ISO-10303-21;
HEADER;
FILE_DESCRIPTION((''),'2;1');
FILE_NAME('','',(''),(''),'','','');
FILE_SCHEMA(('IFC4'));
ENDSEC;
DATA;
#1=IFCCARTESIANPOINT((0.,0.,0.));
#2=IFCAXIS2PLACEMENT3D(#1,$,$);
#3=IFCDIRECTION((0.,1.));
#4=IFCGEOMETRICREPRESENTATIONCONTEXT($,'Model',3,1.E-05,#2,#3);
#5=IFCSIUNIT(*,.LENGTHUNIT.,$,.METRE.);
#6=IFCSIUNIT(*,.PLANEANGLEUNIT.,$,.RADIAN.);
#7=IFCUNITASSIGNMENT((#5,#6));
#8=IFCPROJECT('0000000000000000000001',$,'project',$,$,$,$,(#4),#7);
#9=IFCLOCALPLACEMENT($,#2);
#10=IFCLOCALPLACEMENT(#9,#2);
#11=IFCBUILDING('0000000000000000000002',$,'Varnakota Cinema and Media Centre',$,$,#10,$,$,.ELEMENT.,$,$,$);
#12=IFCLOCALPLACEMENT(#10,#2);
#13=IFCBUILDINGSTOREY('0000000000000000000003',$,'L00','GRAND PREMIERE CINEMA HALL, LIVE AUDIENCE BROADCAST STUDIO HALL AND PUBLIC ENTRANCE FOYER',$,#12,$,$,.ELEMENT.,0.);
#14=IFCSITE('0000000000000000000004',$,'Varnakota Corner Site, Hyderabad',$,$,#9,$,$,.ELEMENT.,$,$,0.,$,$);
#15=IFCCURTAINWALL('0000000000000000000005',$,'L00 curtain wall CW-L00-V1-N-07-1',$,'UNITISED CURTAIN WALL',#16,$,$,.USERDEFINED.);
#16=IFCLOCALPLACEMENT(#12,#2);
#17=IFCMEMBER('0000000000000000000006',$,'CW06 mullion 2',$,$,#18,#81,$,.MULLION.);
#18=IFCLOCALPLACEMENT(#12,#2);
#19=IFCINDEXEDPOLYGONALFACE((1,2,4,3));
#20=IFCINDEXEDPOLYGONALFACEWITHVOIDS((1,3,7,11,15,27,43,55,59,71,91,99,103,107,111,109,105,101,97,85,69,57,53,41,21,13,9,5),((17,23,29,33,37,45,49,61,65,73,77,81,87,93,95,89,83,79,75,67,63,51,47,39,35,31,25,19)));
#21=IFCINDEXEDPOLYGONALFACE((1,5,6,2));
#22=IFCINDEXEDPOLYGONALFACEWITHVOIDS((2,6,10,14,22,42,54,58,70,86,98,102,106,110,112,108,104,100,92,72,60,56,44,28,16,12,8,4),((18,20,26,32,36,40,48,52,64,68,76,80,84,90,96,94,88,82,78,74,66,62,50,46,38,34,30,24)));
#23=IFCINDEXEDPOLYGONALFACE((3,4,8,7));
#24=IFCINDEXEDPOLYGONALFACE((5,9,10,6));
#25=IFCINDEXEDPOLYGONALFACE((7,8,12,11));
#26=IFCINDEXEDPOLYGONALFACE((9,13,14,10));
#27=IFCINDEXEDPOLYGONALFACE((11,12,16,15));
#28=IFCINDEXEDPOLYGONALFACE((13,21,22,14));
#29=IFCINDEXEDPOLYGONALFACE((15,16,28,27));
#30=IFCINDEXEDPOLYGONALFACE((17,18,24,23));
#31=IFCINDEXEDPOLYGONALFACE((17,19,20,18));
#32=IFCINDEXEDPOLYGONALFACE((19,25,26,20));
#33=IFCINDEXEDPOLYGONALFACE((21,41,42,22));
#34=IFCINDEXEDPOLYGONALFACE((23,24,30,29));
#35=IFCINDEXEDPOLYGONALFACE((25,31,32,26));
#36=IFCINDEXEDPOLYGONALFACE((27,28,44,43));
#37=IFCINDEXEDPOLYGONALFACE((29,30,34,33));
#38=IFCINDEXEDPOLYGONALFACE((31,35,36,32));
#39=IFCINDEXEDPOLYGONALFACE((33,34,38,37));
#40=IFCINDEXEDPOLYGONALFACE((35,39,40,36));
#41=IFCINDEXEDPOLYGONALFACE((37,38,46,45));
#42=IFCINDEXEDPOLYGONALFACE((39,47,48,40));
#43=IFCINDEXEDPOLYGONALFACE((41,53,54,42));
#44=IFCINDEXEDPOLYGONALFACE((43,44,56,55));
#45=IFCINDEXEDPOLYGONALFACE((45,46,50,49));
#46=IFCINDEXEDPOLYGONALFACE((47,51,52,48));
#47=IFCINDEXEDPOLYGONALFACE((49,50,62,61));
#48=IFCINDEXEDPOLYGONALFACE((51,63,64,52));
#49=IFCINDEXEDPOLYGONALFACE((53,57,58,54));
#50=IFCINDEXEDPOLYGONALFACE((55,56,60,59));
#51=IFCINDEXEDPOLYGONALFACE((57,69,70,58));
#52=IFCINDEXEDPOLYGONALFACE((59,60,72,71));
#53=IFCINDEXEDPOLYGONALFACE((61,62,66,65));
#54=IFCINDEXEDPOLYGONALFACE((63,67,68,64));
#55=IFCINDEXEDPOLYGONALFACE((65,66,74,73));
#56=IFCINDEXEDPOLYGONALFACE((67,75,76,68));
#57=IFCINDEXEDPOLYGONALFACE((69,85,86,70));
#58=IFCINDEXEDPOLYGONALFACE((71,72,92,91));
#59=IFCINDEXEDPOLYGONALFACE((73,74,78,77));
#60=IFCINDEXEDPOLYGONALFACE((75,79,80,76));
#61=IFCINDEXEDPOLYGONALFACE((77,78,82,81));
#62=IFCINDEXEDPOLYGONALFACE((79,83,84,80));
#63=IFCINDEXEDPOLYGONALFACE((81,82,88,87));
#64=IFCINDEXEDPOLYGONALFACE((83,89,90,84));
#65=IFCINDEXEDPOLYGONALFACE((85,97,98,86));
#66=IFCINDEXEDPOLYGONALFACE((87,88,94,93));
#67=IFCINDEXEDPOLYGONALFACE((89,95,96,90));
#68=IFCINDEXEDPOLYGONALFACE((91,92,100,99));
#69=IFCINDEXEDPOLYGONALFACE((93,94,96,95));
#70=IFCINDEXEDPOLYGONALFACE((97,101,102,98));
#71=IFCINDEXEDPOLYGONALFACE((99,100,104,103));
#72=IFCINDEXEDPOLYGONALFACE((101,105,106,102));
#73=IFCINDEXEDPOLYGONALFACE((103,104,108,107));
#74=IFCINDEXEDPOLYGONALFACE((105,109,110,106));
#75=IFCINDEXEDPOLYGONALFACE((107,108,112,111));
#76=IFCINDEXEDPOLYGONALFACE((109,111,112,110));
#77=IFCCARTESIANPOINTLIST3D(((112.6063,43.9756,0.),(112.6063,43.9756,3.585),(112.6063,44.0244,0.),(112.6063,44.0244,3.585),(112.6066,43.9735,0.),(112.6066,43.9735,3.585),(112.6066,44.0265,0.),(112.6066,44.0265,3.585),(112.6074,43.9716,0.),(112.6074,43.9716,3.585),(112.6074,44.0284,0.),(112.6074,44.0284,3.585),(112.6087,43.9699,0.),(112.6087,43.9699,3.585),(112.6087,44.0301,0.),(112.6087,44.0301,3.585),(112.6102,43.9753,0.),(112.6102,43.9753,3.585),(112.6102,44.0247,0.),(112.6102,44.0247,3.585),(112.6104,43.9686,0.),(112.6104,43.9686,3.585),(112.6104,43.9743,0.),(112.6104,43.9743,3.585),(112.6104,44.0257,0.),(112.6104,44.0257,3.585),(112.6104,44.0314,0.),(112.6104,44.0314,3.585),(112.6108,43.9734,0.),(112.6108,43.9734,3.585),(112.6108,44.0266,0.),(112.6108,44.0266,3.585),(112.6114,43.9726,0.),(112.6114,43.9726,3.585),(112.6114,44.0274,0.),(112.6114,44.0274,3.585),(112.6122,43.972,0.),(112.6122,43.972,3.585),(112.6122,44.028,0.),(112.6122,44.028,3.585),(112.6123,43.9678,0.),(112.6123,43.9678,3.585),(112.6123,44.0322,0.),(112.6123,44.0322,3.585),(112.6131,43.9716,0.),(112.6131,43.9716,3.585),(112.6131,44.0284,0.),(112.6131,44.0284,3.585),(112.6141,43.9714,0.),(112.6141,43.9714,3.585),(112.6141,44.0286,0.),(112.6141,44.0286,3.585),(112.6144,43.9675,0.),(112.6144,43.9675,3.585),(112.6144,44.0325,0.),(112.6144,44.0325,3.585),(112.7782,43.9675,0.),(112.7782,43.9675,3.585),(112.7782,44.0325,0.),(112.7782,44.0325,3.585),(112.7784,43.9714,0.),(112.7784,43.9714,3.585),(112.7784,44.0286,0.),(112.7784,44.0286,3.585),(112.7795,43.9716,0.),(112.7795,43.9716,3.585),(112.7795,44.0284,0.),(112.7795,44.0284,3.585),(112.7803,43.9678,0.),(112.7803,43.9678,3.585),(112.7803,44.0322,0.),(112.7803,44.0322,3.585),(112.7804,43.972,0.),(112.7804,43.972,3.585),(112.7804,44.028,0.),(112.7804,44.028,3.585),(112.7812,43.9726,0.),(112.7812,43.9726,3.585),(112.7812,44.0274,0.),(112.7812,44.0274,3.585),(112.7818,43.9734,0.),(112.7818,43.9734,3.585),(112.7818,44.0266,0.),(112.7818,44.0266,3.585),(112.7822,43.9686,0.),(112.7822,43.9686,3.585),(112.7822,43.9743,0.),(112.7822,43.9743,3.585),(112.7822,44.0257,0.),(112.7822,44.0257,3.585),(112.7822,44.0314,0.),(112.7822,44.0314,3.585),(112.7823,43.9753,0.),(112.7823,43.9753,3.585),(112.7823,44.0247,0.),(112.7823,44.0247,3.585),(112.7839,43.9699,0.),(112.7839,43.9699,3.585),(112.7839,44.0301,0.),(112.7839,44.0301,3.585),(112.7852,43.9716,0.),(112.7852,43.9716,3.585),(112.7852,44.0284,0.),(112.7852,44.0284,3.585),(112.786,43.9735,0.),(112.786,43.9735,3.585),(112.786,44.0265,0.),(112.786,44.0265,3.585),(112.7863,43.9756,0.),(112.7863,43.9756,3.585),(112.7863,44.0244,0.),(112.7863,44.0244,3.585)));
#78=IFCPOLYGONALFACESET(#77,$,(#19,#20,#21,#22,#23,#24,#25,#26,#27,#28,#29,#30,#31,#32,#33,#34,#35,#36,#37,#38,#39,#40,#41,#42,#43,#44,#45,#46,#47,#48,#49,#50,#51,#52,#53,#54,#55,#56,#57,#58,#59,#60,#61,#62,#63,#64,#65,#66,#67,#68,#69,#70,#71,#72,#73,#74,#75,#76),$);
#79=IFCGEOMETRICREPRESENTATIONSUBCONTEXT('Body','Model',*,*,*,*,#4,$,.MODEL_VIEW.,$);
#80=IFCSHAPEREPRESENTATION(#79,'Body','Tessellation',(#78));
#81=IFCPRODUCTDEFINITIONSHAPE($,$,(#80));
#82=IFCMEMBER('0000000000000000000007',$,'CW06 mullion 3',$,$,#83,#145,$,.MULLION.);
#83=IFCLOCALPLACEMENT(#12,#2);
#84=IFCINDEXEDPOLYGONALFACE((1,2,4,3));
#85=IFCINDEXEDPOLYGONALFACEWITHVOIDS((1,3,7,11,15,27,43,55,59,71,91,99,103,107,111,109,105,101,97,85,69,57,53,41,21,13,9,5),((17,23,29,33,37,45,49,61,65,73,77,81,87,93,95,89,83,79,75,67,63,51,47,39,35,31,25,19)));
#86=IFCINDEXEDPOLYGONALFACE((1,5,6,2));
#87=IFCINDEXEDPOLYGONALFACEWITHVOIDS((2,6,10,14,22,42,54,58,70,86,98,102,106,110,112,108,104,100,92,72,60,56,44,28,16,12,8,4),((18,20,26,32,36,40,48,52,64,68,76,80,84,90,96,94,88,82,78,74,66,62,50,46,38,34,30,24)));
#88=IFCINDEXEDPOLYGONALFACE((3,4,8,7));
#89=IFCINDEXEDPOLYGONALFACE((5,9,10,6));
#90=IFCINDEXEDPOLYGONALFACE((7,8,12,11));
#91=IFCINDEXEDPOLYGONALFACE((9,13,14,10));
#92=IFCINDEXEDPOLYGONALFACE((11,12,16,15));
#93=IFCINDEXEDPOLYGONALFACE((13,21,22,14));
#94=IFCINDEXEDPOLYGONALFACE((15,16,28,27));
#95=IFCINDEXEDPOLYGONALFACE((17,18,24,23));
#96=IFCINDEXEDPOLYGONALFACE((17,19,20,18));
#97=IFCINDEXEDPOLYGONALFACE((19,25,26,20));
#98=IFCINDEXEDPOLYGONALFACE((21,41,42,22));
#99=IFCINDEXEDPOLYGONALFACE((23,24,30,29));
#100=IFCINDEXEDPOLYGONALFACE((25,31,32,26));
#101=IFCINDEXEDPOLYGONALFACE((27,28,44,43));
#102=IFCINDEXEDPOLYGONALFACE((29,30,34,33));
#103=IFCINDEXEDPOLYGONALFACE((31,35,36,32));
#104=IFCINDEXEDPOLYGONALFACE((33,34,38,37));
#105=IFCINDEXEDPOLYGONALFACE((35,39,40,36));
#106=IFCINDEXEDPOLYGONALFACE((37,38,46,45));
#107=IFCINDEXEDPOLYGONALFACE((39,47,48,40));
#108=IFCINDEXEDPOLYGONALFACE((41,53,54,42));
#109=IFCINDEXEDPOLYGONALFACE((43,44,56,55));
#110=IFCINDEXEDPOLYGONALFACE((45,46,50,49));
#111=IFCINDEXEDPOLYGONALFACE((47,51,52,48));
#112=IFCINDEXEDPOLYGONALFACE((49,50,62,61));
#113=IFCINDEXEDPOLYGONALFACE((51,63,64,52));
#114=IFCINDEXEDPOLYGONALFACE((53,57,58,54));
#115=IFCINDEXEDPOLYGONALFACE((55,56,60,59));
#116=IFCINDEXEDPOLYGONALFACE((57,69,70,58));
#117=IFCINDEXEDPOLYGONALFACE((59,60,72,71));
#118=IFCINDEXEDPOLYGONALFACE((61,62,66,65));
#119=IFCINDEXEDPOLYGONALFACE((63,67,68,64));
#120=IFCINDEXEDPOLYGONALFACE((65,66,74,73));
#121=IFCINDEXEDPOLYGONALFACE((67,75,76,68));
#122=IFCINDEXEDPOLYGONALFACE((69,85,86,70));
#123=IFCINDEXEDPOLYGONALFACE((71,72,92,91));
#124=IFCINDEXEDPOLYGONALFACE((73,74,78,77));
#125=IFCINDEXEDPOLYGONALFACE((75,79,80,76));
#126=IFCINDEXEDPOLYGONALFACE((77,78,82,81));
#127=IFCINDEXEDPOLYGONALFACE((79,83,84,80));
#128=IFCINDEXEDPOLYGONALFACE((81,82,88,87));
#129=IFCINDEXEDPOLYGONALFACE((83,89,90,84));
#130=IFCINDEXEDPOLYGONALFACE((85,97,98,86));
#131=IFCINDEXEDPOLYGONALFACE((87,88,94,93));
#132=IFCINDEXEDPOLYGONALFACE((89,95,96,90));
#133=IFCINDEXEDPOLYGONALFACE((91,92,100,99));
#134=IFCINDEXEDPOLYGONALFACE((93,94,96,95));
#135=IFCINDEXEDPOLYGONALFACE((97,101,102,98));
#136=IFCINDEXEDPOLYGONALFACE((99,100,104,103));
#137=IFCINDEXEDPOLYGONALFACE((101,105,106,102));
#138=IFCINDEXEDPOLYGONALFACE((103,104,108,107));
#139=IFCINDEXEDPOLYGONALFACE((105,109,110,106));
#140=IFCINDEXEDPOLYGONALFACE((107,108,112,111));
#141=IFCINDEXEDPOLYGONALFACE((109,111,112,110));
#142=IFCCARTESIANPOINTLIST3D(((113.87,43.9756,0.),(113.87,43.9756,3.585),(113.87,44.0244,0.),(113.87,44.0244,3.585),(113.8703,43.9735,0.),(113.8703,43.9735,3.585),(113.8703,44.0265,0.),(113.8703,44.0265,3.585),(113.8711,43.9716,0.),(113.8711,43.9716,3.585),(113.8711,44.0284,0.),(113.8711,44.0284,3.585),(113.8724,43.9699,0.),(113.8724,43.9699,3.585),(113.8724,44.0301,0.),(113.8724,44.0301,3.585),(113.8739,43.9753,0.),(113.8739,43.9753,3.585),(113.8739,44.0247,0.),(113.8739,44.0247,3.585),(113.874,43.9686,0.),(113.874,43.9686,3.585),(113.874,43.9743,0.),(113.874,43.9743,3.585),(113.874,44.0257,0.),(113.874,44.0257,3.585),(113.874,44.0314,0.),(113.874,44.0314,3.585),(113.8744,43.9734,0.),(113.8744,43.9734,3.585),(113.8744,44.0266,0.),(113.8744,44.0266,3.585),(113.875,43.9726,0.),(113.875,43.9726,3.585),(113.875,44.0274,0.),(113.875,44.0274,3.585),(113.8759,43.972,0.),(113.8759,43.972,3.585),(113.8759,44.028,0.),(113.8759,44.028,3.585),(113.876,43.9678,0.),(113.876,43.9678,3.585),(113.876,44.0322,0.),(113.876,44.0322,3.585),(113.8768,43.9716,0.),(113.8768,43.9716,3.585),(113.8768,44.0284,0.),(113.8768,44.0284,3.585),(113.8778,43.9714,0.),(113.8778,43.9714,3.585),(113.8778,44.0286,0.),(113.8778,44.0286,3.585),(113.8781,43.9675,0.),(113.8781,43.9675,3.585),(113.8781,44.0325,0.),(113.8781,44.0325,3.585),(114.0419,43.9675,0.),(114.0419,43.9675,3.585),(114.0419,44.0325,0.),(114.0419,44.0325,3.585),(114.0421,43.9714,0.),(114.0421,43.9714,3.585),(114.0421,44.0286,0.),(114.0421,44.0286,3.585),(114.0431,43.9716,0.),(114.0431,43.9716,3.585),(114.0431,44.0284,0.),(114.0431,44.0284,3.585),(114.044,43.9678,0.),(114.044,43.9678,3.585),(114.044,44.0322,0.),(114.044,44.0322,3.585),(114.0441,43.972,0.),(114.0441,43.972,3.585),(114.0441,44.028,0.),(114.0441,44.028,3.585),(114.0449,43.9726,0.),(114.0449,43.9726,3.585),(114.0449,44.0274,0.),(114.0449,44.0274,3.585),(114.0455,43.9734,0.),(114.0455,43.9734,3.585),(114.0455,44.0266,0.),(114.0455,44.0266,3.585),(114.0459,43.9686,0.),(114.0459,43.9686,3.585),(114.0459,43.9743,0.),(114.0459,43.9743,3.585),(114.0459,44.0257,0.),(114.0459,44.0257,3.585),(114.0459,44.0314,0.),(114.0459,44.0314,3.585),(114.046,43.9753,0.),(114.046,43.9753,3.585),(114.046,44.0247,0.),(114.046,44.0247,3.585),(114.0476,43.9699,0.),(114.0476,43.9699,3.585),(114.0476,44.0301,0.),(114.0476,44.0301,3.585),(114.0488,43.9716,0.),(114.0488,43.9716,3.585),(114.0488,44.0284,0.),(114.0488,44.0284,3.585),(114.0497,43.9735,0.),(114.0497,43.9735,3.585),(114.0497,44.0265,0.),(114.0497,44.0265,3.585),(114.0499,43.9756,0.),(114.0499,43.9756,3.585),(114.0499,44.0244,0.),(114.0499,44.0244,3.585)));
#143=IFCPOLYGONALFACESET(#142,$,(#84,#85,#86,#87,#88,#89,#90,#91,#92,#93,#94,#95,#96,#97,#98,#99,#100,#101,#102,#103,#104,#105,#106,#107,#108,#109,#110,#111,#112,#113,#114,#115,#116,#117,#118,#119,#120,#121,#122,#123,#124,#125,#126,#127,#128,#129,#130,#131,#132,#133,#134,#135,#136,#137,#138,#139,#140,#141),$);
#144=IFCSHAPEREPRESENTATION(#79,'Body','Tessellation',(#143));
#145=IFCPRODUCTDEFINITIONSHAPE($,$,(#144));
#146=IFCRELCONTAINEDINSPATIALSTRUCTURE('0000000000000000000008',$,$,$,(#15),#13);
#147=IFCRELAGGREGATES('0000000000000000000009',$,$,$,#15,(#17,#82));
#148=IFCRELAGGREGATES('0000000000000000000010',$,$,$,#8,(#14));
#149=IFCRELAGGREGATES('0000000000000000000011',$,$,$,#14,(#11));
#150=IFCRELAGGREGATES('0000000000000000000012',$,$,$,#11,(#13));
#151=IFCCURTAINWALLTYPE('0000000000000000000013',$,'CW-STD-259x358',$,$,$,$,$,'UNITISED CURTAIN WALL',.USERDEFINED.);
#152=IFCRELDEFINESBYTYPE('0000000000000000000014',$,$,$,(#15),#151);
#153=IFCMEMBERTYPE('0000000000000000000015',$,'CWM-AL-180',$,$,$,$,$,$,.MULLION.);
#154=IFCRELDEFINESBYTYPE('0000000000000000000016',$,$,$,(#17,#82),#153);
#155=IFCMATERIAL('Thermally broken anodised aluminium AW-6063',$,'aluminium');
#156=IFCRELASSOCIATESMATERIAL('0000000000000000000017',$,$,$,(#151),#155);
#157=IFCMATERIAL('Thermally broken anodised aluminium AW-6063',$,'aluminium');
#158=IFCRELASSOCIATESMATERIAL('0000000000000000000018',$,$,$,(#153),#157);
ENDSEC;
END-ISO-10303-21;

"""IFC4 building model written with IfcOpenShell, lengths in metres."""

from ifc_helpers import new_model, si_unit, direction, frame, origin, origin_2d, place, context, subcontext, project, spatial, hollow_rectangle, extrude, material, material_profile, profile_set, type_object, element, aggregate, save


model = new_model("IFC4")

# Units and contexts
model_context = context("Model", 3, precision=1e-05, world=origin(), true_north=direction((0.0, 1.0)))
body_context = subcontext(model_context, "Body", "Model", "MODEL_VIEW")
ifc_project = project(units=[si_unit("LENGTHUNIT", "METRE"), si_unit("PLANEANGLEUNIT", "RADIAN")], contexts=[model_context])

# Site, building, storey
site_placement = place(None, origin())
site = spatial("IfcSite", under=ifc_project, at=site_placement, Name="Varnakota Corner Site, Hyderabad", CompositionType="ELEMENT", RefElevation=0.0)
building_placement = place(site_placement, origin())
building = spatial("IfcBuilding", under=site, at=building_placement, Name="Varnakota Cinema and Media Centre", CompositionType="ELEMENT")
storey_placement = place(building_placement, origin())
storey = spatial("IfcBuildingStorey", under=building, at=storey_placement, Name="L00", Description="GRAND PREMIERE CINEMA HALL, LIVE AUDIENCE BROADCAST STUDIO HALL AND PUBLIC ENTRANCE FOYER", CompositionType="ELEMENT", Elevation=0.0)

# Shared definitions
ifc_material_1 = material(Name="Thermally broken anodised aluminium AW-6063", Category="aluminium")
curtain_wall_type = type_object("IfcCurtainWallType", Name="CW-STD-259x358", ElementType="UNITISED CURTAIN WALL", PredefinedType="USERDEFINED", material=ifc_material_1)
ifc_material_2 = material(Name="Thermally broken anodised aluminium AW-6063", Category="aluminium")
ifc_material_profile_1 = material_profile(ifc_material_2, hollow_rectangle(XDim=0.0649, YDim=0.1799, WallThickness=0.0039, InnerFilletRadius=0.0039, OuterFilletRadius=0.0081, at=origin_2d()), Name="AL-MULLION 180x65x4")
ifc_profile_set_1 = profile_set([ifc_material_profile_1], Name="Thermally broken anodised aluminium AW-6063")
member_type_1 = type_object("IfcMemberType", Name="CWM-AL-180", PredefinedType="MULLION", material=ifc_profile_set_1)

# Curtain wall, members
curtain_wall_1_placement = place(storey_placement, origin())
curtain_wall_1 = element("IfcCurtainWall", 1, at=curtain_wall_1_placement, inside=storey, type_object=curtain_wall_type, Name="L00 curtain wall CW-L00-V1-N-07-1", ObjectType="UNITISED CURTAIN WALL", PredefinedType="USERDEFINED")
member_1_placement = place(storey_placement, frame((112.6963, 44.0, 0.0), z_axis=(0.0, 0.0, 1.0), x_axis=(0.0, 1.0, 0.0)))
member_1 = element("IfcMember", 2, at=member_1_placement, type_object=member_type_1, Name="CW06 mullion 2", PredefinedType="MULLION", context=body_context, shape_type="SweptSolid", body=[
    extrude(hollow_rectangle(XDim=0.0649, YDim=0.1799, WallThickness=0.0039, InnerFilletRadius=0.0039, OuterFilletRadius=0.0081, at=origin_2d()), origin(), (0.0, 0.0, 1.0), 3.585),
])
member_2_placement = place(storey_placement, frame((113.96, 44.0, 0.0), z_axis=(0.0, 0.0, 1.0), x_axis=(0.0, 1.0, 0.0)))
member_2 = element("IfcMember", 3, at=member_2_placement, type_object=member_type_1, Name="CW06 mullion 3", PredefinedType="MULLION", context=body_context, shape_type="SweptSolid", body=[
    extrude(hollow_rectangle(XDim=0.0649, YDim=0.1799, WallThickness=0.0039, InnerFilletRadius=0.0039, OuterFilletRadius=0.0081, at=origin_2d()), origin(), (0.0, 0.0, 1.0), 3.585),
])

aggregate(curtain_wall_1, [member_1, member_2])

save(model, "model.ifc")
